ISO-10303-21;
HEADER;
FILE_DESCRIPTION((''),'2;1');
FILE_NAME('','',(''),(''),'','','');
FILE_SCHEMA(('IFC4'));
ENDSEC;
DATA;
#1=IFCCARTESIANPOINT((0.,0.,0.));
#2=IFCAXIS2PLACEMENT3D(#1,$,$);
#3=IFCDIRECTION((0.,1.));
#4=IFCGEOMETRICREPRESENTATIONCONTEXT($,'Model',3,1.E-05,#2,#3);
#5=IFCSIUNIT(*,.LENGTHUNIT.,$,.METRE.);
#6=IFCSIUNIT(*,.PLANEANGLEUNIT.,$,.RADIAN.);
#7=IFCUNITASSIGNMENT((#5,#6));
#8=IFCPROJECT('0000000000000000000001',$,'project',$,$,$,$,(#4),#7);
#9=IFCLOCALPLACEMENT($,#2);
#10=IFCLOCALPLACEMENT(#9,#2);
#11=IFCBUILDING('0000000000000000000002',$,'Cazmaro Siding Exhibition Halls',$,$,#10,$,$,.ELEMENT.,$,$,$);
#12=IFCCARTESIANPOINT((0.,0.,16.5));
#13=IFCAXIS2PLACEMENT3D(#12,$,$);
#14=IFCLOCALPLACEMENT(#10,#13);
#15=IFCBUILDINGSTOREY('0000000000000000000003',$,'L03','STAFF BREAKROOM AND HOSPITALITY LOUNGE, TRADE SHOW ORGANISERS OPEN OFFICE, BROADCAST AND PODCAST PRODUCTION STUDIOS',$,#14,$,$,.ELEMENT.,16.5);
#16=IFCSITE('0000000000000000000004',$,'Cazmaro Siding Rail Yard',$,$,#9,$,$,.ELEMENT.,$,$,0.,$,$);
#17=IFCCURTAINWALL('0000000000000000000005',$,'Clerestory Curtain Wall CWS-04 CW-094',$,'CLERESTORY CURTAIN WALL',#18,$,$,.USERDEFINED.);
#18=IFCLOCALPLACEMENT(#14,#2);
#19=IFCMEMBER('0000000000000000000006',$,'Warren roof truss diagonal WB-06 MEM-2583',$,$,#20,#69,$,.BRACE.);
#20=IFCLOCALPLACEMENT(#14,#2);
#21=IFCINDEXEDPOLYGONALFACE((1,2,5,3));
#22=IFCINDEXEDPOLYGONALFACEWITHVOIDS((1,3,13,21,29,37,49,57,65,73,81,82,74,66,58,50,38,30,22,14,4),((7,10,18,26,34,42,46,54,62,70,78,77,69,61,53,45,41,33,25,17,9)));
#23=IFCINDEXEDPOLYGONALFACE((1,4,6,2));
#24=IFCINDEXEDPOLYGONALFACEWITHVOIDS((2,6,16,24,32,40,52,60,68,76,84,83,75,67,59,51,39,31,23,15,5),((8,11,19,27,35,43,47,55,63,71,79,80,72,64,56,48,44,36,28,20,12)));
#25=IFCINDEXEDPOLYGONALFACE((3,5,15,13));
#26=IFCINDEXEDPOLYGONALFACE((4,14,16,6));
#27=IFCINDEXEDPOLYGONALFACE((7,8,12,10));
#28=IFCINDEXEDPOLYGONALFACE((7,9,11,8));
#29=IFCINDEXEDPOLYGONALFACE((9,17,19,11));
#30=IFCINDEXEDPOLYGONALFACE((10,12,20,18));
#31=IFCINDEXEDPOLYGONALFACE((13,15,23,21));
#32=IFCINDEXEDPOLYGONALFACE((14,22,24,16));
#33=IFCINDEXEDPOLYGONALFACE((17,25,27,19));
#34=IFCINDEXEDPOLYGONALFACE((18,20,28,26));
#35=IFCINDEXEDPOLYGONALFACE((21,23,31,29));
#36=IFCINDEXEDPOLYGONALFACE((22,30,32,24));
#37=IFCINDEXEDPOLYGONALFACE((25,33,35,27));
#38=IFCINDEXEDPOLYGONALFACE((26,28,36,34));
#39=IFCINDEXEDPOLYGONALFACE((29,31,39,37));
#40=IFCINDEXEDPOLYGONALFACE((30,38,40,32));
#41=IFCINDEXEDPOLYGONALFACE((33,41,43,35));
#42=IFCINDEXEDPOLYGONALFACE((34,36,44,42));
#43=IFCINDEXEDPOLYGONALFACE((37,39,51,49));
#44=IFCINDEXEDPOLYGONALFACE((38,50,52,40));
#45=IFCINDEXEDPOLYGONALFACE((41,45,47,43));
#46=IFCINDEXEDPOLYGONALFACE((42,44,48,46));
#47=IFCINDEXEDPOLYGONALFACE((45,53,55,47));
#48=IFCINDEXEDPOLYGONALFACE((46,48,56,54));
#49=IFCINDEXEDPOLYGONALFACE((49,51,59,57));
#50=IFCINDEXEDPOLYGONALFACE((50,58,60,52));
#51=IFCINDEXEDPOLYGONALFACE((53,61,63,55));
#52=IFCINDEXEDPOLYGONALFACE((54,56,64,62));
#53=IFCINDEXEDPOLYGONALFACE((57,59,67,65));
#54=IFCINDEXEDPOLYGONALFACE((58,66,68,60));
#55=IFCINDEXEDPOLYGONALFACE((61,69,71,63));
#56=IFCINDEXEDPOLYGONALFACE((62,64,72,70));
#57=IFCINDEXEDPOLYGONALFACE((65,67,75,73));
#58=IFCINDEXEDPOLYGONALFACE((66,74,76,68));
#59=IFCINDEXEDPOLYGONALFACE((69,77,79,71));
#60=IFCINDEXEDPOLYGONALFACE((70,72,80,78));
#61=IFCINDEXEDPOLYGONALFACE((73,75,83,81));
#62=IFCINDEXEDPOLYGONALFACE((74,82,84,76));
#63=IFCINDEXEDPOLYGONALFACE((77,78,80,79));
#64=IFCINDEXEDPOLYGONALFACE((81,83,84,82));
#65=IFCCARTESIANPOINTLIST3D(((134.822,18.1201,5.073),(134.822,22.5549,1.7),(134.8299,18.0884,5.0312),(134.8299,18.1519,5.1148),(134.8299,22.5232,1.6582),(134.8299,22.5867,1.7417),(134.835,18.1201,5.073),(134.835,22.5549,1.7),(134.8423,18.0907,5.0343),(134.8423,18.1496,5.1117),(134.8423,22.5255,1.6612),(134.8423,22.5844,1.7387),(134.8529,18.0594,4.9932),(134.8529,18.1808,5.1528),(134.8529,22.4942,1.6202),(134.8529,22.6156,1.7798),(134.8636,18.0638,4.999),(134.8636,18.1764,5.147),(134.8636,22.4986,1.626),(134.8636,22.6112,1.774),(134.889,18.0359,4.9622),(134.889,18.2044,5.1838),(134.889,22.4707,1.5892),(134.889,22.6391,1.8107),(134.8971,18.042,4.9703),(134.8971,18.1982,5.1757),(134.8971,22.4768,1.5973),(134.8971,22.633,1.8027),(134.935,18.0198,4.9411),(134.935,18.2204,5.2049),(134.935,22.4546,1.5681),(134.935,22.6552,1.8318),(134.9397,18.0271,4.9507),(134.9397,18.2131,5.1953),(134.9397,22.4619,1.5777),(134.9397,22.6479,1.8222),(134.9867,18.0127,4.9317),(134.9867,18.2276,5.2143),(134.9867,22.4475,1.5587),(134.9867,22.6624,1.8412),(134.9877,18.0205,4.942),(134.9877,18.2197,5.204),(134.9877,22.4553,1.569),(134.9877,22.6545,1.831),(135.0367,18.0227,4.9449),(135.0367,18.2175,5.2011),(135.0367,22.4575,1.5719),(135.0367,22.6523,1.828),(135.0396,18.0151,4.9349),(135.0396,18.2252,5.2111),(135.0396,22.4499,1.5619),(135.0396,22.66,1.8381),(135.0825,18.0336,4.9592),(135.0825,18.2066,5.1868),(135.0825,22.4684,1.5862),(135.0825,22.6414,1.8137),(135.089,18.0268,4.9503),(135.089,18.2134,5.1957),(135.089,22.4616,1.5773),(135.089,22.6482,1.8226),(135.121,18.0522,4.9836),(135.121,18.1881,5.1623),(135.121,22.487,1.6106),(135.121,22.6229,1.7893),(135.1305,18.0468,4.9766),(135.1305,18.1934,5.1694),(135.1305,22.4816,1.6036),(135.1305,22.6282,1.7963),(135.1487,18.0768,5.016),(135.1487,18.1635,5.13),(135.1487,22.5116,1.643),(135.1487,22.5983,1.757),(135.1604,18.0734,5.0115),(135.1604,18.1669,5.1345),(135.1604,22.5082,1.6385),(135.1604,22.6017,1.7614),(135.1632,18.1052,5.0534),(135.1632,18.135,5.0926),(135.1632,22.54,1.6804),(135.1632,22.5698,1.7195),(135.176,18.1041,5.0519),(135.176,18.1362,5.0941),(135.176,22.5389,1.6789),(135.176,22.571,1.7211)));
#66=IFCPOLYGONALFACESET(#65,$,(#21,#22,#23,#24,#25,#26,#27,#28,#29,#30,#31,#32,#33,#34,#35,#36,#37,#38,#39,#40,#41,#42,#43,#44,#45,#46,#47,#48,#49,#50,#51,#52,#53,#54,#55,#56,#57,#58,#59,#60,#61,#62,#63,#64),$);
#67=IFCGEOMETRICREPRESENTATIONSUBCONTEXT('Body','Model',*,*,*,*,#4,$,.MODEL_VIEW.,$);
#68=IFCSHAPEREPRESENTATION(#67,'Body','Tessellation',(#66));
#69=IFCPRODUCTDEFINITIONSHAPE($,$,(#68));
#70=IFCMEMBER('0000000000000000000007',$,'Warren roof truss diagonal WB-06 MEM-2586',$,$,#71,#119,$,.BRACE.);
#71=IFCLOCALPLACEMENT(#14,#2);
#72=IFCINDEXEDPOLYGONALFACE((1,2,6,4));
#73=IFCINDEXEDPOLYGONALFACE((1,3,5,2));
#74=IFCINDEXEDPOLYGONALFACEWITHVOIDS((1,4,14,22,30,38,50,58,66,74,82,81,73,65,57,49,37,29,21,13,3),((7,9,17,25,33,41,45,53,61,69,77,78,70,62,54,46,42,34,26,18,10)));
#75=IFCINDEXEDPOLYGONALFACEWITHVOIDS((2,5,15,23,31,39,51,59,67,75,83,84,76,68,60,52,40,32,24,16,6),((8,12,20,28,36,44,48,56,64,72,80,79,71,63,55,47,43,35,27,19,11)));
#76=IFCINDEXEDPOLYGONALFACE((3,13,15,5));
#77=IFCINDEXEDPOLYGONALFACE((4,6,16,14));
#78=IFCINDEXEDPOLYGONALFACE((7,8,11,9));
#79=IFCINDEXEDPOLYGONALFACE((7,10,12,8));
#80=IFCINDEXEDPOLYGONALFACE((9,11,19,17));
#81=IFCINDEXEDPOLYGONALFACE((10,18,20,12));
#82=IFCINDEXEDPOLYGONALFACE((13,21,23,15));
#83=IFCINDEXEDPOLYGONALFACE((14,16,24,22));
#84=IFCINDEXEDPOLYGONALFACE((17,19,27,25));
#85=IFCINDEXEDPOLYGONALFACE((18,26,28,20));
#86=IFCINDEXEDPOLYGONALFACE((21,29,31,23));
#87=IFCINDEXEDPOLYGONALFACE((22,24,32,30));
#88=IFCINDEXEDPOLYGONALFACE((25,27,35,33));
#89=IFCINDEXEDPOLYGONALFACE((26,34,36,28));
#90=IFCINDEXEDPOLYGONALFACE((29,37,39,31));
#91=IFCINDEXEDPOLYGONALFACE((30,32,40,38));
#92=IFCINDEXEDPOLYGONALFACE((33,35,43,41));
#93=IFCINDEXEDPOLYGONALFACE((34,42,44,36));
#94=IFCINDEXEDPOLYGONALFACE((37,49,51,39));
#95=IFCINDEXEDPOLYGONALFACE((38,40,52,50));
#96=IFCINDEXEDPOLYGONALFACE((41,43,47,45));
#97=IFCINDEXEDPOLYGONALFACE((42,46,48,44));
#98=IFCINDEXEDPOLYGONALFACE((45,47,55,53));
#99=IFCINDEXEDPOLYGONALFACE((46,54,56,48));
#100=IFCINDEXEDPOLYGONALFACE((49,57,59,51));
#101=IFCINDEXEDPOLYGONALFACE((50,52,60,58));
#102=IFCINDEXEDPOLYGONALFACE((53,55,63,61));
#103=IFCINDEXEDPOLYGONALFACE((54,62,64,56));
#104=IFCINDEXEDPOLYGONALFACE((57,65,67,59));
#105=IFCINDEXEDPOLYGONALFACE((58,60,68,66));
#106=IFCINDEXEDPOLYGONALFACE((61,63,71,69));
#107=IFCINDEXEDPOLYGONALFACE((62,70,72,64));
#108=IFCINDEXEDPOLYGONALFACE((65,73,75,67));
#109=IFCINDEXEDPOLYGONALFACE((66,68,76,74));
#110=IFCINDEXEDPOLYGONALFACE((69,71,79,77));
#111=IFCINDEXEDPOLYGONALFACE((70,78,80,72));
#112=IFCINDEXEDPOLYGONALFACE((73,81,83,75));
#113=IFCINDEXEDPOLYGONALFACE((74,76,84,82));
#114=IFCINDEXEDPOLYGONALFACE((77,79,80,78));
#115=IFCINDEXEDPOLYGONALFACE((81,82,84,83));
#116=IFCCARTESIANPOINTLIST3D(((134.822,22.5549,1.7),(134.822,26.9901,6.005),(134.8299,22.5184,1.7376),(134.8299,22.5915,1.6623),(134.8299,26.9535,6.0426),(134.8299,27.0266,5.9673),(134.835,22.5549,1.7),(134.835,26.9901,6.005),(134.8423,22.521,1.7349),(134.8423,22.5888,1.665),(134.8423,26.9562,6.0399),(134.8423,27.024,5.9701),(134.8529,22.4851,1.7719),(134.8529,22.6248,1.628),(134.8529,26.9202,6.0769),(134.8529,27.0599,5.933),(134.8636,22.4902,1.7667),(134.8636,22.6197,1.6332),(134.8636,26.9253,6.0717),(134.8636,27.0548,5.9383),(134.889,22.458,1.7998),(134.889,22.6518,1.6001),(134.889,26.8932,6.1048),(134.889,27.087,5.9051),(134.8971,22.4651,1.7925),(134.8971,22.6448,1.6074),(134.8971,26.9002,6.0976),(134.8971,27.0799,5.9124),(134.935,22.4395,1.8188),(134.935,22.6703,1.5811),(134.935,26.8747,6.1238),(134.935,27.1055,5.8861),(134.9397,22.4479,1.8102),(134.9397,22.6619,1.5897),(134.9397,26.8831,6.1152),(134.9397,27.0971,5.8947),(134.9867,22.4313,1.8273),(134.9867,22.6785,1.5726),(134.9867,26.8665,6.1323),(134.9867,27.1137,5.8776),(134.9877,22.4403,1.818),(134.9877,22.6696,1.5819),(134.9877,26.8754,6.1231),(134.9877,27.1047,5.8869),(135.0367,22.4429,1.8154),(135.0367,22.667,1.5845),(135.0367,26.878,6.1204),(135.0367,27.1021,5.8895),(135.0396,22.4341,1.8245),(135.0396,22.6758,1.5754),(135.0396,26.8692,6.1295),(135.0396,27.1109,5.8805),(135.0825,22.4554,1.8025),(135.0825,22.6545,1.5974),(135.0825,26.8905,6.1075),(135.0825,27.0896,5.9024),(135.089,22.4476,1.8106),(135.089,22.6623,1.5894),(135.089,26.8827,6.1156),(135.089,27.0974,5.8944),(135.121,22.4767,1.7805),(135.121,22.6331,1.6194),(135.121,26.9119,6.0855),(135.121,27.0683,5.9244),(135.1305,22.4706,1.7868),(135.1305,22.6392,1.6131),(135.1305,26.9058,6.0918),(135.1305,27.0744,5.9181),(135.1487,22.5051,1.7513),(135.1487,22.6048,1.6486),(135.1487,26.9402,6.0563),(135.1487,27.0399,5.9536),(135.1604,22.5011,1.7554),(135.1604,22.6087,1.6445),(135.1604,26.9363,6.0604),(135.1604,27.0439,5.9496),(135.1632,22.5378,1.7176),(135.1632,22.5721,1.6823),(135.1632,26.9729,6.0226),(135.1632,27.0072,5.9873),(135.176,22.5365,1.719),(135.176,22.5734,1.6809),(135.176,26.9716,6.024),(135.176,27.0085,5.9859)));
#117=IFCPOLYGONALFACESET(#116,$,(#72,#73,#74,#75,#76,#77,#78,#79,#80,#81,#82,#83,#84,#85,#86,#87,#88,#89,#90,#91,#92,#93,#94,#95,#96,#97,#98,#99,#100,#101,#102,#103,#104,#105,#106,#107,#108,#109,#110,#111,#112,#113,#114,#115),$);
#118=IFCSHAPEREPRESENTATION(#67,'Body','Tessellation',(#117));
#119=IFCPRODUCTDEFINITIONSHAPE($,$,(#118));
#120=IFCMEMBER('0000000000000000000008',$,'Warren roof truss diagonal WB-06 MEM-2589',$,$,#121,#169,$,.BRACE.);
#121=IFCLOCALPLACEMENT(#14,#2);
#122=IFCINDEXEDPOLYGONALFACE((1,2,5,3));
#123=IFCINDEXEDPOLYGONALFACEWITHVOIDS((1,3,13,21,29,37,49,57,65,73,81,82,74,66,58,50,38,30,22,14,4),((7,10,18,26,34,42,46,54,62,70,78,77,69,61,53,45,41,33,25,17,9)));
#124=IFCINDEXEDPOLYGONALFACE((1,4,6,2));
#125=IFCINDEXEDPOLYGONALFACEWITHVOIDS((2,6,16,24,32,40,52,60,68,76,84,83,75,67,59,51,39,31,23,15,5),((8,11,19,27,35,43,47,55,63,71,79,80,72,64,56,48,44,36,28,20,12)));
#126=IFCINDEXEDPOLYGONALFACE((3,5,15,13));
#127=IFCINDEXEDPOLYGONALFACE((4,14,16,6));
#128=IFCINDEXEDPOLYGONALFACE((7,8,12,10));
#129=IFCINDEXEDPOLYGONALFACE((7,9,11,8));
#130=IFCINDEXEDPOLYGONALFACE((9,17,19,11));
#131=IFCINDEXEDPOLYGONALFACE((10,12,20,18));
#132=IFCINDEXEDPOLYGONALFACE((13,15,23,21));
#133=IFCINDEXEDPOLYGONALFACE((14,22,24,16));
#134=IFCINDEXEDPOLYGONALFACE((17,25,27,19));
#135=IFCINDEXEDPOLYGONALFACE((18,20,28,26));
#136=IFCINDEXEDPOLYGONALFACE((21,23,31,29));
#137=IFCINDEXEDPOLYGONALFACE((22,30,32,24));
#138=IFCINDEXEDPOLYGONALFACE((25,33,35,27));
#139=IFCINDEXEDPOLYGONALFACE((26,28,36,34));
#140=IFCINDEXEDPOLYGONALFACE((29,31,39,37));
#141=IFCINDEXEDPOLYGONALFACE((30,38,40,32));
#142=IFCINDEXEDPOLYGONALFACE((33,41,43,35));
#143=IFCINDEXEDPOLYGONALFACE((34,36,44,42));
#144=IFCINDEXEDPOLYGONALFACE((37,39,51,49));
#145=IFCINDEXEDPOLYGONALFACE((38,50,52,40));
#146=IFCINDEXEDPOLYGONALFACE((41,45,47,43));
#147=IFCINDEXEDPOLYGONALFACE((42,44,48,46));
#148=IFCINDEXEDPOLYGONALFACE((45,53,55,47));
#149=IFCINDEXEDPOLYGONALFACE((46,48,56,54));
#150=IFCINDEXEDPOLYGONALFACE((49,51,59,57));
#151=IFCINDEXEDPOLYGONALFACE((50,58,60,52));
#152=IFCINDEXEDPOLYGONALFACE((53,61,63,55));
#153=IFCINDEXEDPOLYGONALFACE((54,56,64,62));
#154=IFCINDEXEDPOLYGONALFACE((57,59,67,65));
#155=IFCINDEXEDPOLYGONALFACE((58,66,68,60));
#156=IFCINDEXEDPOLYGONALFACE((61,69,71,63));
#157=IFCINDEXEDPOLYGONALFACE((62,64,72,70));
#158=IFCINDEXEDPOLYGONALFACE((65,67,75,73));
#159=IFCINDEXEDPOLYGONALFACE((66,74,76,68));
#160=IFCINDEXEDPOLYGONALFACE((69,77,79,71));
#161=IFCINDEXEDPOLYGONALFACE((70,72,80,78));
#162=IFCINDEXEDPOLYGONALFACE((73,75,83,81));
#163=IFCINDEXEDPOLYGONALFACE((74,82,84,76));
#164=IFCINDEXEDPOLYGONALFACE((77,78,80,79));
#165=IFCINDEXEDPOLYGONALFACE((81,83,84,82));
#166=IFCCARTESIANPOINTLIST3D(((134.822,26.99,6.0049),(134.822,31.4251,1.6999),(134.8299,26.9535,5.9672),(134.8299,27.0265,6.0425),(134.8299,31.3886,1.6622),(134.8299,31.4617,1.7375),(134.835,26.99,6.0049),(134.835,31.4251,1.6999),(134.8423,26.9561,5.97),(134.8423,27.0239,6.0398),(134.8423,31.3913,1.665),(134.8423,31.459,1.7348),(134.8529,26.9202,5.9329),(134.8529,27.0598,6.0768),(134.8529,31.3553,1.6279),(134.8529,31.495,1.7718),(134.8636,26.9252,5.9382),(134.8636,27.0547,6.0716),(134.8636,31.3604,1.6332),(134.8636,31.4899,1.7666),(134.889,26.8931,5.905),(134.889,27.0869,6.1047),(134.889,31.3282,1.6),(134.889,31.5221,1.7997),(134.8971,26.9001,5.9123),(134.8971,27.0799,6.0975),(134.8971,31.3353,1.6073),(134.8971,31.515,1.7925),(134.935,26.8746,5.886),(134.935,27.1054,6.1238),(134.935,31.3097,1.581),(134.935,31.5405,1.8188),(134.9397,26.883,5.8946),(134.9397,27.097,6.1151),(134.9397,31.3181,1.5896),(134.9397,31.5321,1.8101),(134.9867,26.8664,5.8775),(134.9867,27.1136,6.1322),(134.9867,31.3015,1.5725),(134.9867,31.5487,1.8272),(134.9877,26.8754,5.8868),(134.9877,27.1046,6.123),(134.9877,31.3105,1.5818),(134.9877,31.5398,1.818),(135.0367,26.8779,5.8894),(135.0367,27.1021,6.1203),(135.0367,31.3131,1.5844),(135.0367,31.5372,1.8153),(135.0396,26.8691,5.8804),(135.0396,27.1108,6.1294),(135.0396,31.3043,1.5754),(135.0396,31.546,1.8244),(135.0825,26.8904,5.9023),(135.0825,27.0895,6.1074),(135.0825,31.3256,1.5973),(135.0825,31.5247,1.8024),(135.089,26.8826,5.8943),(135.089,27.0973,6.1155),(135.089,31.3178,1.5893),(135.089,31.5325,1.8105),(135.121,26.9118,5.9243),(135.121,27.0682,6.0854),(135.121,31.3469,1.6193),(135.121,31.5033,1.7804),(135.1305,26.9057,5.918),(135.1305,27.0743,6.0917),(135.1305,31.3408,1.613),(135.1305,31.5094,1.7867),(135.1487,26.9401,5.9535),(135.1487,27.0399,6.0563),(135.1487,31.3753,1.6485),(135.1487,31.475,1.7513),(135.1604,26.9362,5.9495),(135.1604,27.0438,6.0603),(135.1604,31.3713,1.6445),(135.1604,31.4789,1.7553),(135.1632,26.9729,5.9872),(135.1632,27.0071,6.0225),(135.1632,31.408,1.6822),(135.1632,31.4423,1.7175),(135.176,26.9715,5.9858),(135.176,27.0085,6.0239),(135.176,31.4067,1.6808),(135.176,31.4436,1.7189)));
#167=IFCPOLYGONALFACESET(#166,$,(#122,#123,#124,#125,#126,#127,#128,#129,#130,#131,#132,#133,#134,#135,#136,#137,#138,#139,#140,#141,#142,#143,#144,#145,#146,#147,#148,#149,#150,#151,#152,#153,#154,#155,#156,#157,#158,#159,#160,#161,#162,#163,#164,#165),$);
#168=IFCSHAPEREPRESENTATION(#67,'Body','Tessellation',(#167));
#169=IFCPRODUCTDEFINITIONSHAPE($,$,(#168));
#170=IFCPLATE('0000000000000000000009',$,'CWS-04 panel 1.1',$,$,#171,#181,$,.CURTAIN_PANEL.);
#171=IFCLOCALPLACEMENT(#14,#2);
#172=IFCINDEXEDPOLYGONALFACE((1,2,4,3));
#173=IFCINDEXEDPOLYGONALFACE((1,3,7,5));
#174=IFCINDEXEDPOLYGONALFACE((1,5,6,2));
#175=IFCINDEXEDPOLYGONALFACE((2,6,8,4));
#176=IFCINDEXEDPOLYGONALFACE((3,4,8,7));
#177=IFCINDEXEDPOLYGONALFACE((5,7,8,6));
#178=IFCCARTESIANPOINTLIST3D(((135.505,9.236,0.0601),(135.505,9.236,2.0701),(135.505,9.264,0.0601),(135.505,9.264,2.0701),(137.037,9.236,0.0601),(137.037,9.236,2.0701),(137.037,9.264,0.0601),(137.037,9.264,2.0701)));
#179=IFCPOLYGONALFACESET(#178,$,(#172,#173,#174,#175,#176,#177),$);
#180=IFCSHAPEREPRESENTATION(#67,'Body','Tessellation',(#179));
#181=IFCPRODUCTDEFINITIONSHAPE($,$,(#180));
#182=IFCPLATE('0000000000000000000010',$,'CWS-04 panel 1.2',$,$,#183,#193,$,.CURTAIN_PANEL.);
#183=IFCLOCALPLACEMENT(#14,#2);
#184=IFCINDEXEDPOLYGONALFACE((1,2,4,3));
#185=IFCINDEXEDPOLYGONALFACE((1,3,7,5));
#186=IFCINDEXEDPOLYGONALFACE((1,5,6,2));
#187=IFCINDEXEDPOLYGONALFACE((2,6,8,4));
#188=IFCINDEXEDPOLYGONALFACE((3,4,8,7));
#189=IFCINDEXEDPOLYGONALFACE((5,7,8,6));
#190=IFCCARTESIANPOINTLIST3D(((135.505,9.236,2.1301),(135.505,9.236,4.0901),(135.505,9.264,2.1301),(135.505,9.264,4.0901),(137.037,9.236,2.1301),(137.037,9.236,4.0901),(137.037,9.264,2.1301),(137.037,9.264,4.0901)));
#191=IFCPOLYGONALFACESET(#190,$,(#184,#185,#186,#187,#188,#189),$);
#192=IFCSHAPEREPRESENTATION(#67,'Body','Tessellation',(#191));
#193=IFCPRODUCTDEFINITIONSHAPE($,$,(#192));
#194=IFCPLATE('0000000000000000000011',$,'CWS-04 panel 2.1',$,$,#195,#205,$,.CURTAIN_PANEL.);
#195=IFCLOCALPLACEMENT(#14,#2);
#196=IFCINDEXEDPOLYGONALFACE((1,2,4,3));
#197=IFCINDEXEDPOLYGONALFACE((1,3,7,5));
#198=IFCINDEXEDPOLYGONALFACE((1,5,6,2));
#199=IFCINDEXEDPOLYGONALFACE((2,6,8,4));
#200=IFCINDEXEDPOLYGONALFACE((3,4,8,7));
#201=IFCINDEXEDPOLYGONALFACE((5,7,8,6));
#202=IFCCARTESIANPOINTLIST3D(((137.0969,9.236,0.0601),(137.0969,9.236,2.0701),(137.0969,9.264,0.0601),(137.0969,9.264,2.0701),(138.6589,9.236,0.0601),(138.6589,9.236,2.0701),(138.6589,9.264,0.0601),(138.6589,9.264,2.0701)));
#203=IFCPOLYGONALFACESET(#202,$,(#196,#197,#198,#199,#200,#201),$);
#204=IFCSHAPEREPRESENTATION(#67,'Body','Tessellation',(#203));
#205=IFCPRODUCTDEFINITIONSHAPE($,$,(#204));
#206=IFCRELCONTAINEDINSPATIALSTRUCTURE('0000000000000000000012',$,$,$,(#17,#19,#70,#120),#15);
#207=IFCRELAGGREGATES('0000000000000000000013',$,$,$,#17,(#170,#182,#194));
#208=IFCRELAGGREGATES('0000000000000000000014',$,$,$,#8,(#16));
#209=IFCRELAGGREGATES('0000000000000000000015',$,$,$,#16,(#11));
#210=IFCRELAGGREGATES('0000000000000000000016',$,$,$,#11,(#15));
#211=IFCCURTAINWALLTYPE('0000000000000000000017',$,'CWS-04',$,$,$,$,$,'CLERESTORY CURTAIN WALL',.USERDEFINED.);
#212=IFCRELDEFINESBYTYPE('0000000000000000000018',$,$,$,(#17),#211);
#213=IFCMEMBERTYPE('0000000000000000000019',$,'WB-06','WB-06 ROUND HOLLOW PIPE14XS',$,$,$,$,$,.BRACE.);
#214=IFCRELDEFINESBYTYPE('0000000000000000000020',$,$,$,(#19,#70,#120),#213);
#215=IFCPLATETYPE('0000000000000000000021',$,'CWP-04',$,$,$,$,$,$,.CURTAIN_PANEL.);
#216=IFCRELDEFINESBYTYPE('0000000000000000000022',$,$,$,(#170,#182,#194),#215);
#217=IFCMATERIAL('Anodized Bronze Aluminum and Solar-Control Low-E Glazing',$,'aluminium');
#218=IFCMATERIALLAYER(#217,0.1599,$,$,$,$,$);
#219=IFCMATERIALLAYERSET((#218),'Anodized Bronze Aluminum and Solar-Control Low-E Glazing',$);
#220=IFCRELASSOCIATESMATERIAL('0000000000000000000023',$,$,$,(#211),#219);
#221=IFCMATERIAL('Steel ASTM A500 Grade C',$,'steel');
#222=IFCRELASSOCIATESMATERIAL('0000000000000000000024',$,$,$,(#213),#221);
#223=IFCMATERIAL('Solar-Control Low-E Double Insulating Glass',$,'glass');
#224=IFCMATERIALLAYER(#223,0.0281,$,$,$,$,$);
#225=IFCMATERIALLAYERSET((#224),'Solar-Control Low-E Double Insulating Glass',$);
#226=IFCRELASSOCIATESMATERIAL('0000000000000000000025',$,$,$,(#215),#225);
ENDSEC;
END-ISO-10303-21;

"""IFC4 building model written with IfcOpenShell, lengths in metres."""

from ifc_helpers import new_model, si_unit, direction, frame, origin, origin_2d, place, context, subcontext, project, spatial, rectangle, hollow_circle, extrude, material, layer, layer_set, material_profile, profile_set, type_object, element, aggregate, save


model = new_model("IFC4")

# Units and contexts
model_context = context("Model", 3, precision=1e-05, world=origin(), true_north=direction((0.0, 1.0)))
body_context = subcontext(model_context, "Body", "Model", "MODEL_VIEW")
ifc_project = project(units=[si_unit("LENGTHUNIT", "METRE"), si_unit("PLANEANGLEUNIT", "RADIAN")], contexts=[model_context])

# Site, building, storey
site_placement = place(None, origin())
site = spatial("IfcSite", under=ifc_project, at=site_placement, Name="Cazmaro Siding Rail Yard", CompositionType="ELEMENT", RefElevation=0.0)
building_placement = place(site_placement, origin())
building = spatial("IfcBuilding", under=site, at=building_placement, Name="Cazmaro Siding Exhibition Halls", CompositionType="ELEMENT")
storey_placement = place(building_placement, frame((0.0, 0.0, 16.5)))
storey = spatial("IfcBuildingStorey", under=building, at=storey_placement, Name="L03", Description="STAFF BREAKROOM AND HOSPITALITY LOUNGE, TRADE SHOW ORGANISERS OPEN OFFICE, BROADCAST AND PODCAST PRODUCTION STUDIOS", CompositionType="ELEMENT", Elevation=16.5)

# Curtain wall
ifc_material_1 = material(Name="Anodized Bronze Aluminum and Solar-Control Low-E Glazing", Category="aluminium")
ifc_layer_1 = layer(ifc_material_1, 0.1599)
ifc_layer_set_1 = layer_set([ifc_layer_1], Name="Anodized Bronze Aluminum and Solar-Control Low-E Glazing")
curtain_wall_type = type_object("IfcCurtainWallType", Name="CWS-04", ElementType="CLERESTORY CURTAIN WALL", PredefinedType="USERDEFINED", material=ifc_layer_set_1)
curtain_wall_placement = place(storey_placement, origin())
curtain_wall = element("IfcCurtainWall", 1, at=curtain_wall_placement, inside=storey, type_object=curtain_wall_type, Name="Clerestory Curtain Wall CWS-04 CW-094", ObjectType="CLERESTORY CURTAIN WALL", PredefinedType="USERDEFINED")

# Members
ifc_material_2 = material(Name="Steel ASTM A500 Grade C", Category="steel")
ifc_material_profile_1 = material_profile(ifc_material_2, hollow_circle(Radius=0.178, WallThickness=0.0129, at=origin_2d()), Name="PIPE14XS")
ifc_profile_set_1 = profile_set([ifc_material_profile_1], Name="Steel ASTM A500 Grade C")
member_type_1 = type_object("IfcMemberType", Name="WB-06", Description="WB-06 ROUND HOLLOW PIPE14XS", PredefinedType="BRACE", material=ifc_profile_set_1)
member_1_placement = place(storey_placement, frame((135.0, 18.1201, 5.073), z_axis=(0.0, 0.795938, -0.605378), x_axis=(-1.0, 0.0, 0.0)))
element("IfcMember", 2, at=member_1_placement, inside=storey, type_object=member_type_1, Name="Warren roof truss diagonal WB-06 MEM-2583", PredefinedType="BRACE", context=body_context, shape_type="SweptSolid", body=[
    extrude(hollow_circle(Radius=0.178, WallThickness=0.0129, at=origin_2d()), origin(), (0.0, 0.0, 1.0), 5.5718),
])
for number, where, z_axis, x_axis, name in (
    (3, (135.0, 22.5549, 1.7), (0.0, 0.717555, 0.696502), (-1.0, 0.0, 0.0), "Warren roof truss diagonal WB-06 MEM-2586"),
    (4, (135.0, 26.99, 6.0049), (0.0, 0.717555, -0.696502), (-1.0, 0.0, 0.0), "Warren roof truss diagonal WB-06 MEM-2589"),
):
    element("IfcMember", number, at=place(storey_placement, frame(where, z_axis=z_axis, x_axis=x_axis)), inside=storey, type_object=member_type_1, Name=name, PredefinedType="BRACE", context=body_context, shape_type="SweptSolid", body=[
        extrude(hollow_circle(Radius=0.178, WallThickness=0.0129, at=origin_2d()), origin(), (0.0, 0.0, 1.0), 6.1809),
    ])

# Plates
ifc_material_3 = material(Name="Solar-Control Low-E Double Insulating Glass", Category="glass")
ifc_layer_2 = layer(ifc_material_3, 0.0281)
ifc_layer_set_2 = layer_set([ifc_layer_2], Name="Solar-Control Low-E Double Insulating Glass")
plate_type = type_object("IfcPlateType", Name="CWP-04", PredefinedType="CURTAIN_PANEL", material=ifc_layer_set_2)
plate_1_placement = place(storey_placement, frame((136.271, 9.25, 0.0601), z_axis=(0.0, 0.0, 1.0), x_axis=(1.0, 0.0, 0.0)))
plate_1 = element("IfcPlate", 5, at=plate_1_placement, type_object=plate_type, Name="CWS-04 panel 1.1", PredefinedType="CURTAIN_PANEL", context=body_context, shape_type="SweptSolid", body=[
    extrude(rectangle(XDim=1.532, YDim=0.0281, at=origin_2d()), origin(), (0.0, 0.0, 1.0), 2.01),
])
plate_2_placement = place(storey_placement, frame((136.271, 9.25, 2.1301), z_axis=(0.0, 0.0, 1.0), x_axis=(1.0, 0.0, 0.0)))
plate_2 = element("IfcPlate", 6, at=plate_2_placement, type_object=plate_type, Name="CWS-04 panel 1.2", PredefinedType="CURTAIN_PANEL", context=body_context, shape_type="SweptSolid", body=[
    extrude(rectangle(XDim=1.532, YDim=0.0281, at=origin_2d()), origin(), (0.0, 0.0, 1.0), 1.96),
])
plate_3_placement = place(storey_placement, frame((137.8779, 9.25, 0.0601), z_axis=(0.0, 0.0, 1.0), x_axis=(1.0, 0.0, 0.0)))
plate_3 = element("IfcPlate", 7, at=plate_3_placement, type_object=plate_type, Name="CWS-04 panel 2.1", PredefinedType="CURTAIN_PANEL", context=body_context, shape_type="SweptSolid", body=[
    extrude(rectangle(XDim=1.562, YDim=0.0281, at=origin_2d()), origin(), (0.0, 0.0, 1.0), 2.01),
])
aggregate(curtain_wall, [plate_1, plate_2, plate_3])

save(model, "model.ifc")
